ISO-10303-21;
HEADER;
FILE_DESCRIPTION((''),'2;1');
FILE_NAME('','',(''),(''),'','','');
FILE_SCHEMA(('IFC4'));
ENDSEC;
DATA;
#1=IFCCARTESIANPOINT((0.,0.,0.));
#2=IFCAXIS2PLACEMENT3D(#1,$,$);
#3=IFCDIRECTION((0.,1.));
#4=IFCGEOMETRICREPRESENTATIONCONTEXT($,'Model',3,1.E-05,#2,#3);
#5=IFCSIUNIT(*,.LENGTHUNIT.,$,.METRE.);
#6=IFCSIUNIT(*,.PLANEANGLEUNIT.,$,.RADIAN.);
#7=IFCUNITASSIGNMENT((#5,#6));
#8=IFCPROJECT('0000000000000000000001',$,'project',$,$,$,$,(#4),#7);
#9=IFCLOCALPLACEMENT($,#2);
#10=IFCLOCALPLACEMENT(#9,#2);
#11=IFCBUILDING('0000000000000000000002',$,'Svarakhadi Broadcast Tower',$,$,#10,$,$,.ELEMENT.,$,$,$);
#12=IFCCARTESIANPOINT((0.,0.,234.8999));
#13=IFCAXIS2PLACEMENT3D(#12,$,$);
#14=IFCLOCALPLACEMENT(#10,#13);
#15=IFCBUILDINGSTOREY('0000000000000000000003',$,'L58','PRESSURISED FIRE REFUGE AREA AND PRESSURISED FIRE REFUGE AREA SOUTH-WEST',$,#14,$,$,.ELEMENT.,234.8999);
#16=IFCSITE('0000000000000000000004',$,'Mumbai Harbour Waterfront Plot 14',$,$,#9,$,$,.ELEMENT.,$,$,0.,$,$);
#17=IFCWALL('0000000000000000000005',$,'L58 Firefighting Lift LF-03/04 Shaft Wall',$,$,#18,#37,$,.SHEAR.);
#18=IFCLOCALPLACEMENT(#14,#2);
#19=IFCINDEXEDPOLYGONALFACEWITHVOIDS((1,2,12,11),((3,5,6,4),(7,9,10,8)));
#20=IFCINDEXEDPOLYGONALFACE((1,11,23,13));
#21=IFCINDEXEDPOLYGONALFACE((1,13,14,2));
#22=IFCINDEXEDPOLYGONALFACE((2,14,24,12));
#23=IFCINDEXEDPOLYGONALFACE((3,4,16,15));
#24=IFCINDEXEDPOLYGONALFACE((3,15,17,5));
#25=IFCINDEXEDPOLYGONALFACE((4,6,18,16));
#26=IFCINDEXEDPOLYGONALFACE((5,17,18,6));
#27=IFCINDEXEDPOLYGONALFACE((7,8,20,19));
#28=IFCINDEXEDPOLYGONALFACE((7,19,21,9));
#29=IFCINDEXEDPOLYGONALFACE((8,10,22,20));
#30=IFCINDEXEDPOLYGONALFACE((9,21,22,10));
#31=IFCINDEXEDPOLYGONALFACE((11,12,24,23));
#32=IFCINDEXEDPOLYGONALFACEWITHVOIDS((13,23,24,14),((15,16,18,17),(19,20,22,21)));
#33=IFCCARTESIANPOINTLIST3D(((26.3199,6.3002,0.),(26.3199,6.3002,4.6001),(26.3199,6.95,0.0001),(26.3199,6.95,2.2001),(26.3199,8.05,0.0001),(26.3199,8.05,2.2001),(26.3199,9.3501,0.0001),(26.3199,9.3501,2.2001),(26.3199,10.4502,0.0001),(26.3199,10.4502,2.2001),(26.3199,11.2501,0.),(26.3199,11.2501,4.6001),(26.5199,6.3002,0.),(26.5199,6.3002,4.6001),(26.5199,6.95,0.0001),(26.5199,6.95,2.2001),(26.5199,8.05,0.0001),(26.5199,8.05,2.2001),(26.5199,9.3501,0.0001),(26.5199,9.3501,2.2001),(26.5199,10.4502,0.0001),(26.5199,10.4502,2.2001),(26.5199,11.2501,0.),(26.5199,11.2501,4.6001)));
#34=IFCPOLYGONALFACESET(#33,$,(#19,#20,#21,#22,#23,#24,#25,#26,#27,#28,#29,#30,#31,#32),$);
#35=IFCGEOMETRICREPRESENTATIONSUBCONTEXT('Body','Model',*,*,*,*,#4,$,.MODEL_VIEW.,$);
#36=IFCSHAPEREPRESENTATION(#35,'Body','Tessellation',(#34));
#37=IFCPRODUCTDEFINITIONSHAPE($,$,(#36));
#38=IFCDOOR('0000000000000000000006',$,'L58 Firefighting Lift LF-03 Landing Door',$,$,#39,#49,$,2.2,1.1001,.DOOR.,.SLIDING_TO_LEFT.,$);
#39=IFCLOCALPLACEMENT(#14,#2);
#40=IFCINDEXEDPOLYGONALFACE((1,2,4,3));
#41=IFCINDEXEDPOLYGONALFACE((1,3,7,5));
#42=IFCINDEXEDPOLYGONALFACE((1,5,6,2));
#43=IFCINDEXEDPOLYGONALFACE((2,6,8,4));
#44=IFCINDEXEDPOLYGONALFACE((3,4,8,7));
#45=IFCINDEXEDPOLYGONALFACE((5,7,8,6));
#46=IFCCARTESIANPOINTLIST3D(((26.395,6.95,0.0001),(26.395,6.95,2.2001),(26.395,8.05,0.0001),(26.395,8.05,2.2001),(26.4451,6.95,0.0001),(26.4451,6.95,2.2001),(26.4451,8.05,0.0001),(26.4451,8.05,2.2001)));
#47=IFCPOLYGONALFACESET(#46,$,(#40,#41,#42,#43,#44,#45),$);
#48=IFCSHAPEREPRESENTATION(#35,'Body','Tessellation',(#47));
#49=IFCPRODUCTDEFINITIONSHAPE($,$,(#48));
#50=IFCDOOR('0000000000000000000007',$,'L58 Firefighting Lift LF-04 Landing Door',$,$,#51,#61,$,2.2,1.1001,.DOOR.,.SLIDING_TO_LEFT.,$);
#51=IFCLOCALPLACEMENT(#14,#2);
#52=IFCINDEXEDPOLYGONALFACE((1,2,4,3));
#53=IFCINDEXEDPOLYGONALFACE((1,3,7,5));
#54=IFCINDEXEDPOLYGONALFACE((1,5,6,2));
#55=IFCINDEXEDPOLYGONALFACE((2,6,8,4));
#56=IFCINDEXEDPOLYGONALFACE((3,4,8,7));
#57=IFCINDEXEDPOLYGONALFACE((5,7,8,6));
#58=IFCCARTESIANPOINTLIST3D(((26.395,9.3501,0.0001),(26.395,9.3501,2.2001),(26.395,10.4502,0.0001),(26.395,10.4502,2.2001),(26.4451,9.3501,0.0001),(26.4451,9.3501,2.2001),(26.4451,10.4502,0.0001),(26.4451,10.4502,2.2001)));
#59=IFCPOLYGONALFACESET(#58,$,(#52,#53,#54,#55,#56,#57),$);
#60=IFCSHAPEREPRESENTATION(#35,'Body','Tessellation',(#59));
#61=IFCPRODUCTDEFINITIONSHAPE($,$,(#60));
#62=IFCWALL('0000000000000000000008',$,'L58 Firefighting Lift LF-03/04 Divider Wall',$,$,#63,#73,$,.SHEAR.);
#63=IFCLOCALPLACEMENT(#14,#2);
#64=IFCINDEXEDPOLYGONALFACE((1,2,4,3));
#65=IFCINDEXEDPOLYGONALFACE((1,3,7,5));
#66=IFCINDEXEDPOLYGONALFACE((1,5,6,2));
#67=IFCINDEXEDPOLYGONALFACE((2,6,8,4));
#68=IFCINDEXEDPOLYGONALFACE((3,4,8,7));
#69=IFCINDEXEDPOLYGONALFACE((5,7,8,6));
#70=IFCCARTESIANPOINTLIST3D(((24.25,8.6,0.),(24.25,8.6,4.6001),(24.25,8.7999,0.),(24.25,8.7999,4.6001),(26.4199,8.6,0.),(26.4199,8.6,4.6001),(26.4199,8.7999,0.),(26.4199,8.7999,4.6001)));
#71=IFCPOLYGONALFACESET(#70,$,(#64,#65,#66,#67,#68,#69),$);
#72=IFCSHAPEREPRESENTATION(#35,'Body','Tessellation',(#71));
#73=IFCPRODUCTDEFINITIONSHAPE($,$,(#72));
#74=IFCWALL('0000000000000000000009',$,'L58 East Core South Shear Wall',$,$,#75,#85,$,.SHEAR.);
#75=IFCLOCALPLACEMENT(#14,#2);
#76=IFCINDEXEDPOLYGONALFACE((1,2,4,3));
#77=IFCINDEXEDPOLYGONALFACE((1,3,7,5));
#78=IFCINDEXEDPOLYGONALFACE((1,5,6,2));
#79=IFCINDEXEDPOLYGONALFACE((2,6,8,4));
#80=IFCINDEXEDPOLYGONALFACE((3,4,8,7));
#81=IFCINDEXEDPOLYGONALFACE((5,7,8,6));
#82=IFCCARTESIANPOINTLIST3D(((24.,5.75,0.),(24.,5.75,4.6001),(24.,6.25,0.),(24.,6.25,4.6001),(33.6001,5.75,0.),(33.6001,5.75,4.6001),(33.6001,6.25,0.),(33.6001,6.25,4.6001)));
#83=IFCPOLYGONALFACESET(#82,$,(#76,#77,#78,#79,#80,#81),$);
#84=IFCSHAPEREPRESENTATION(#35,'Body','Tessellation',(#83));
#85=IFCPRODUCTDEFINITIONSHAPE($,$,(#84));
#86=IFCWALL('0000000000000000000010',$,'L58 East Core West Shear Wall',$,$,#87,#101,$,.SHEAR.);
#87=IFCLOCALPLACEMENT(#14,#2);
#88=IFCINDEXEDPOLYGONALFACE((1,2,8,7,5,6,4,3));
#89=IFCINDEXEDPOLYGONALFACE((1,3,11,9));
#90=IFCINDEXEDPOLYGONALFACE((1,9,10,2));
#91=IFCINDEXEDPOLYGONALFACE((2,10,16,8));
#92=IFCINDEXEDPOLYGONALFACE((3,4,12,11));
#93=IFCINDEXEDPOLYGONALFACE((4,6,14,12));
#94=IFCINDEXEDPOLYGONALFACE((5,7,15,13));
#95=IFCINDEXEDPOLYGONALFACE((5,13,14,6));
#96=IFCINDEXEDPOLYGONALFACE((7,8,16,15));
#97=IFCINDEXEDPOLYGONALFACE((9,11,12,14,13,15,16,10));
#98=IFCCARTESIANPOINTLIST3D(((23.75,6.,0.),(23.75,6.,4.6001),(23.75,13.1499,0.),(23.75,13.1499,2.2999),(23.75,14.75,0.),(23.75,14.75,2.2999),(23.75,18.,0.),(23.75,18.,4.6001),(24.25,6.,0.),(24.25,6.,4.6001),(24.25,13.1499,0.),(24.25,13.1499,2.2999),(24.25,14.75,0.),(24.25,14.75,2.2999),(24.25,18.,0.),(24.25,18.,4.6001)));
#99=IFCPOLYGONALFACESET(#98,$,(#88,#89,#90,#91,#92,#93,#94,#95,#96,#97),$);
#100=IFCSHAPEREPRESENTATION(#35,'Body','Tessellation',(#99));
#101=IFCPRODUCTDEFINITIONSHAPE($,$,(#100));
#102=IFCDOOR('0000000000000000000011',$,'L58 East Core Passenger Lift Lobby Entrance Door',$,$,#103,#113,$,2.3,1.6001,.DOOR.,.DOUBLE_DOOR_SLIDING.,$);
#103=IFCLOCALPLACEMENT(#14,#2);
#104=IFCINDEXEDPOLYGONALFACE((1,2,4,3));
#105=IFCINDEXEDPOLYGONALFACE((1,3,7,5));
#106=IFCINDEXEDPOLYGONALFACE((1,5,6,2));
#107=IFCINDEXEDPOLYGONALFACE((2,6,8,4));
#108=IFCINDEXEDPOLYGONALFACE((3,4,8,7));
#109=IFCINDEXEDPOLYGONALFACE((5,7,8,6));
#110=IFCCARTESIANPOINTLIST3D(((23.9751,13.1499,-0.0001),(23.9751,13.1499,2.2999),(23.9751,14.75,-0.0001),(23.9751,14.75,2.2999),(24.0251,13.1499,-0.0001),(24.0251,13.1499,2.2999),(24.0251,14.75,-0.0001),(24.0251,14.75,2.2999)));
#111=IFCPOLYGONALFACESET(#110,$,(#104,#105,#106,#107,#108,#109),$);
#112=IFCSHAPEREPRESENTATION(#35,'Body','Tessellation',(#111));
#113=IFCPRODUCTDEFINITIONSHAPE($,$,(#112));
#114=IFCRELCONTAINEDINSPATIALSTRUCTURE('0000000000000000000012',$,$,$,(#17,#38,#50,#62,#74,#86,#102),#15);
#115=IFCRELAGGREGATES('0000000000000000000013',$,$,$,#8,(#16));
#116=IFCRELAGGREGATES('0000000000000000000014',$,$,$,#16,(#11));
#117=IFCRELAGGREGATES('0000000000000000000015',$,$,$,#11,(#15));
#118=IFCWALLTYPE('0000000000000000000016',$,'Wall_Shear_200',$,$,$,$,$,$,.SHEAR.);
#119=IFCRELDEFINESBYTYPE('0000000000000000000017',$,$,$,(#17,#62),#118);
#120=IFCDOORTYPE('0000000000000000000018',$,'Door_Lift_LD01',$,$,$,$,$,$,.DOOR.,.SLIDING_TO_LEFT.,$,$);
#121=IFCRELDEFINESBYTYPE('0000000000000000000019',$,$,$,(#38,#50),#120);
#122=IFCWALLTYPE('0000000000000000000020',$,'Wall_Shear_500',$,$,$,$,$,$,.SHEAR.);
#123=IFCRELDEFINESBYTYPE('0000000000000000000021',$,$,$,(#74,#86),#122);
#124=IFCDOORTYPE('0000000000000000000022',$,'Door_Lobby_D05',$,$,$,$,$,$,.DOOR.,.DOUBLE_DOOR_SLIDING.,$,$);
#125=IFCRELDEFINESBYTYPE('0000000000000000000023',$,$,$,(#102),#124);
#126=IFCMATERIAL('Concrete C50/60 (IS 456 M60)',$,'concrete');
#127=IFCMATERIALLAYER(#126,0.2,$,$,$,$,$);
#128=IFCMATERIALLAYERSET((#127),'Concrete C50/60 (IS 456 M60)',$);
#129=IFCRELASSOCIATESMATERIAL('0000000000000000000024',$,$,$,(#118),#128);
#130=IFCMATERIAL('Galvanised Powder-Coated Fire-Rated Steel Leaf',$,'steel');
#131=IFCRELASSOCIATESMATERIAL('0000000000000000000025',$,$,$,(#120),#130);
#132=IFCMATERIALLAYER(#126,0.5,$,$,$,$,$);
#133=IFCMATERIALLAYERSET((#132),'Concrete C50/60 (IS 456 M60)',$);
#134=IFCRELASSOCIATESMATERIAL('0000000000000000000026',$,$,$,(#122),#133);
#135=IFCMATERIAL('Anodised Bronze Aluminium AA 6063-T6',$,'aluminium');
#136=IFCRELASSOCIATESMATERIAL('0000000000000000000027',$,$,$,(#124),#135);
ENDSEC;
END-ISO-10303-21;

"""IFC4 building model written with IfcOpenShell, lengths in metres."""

from ifc_helpers import new_model, si_unit, direction, frame, frame_2d, origin, place, context, subcontext, project, spatial, rectangle, extrude, material, layer, layer_set, type_object, element, fill, save


model = new_model("IFC4")

# Units and contexts
model_context = context("Model", 3, precision=1e-05, world=origin(), true_north=direction((0.0, 1.0)))
body_context = subcontext(model_context, "Body", "Model", "MODEL_VIEW")
ifc_project = project(units=[si_unit("LENGTHUNIT", "METRE"), si_unit("PLANEANGLEUNIT", "RADIAN")], contexts=[model_context])

# Site, building, storey
site_placement = place(None, origin())
site = spatial("IfcSite", under=ifc_project, at=site_placement, Name="Mumbai Harbour Waterfront Plot 14", CompositionType="ELEMENT", RefElevation=0.0)
building_placement = place(site_placement, origin())
building = spatial("IfcBuilding", under=site, at=building_placement, Name="Svarakhadi Broadcast Tower", CompositionType="ELEMENT")
storey_placement = place(building_placement, frame((0.0, 0.0, 234.8999)))
storey = spatial("IfcBuildingStorey", under=building, at=storey_placement, Name="L58", Description="PRESSURISED FIRE REFUGE AREA AND PRESSURISED FIRE REFUGE AREA SOUTH-WEST", CompositionType="ELEMENT", Elevation=234.8999)

# Shared definitions
ifc_material_1 = material(Name="Concrete C50/60 (IS 456 M60)", Category="concrete")

# Shared definitions
ifc_layer_1 = layer(ifc_material_1, 0.2)
ifc_layer_set_1 = layer_set([ifc_layer_1], Name="Concrete C50/60 (IS 456 M60)")
wall_type_1 = type_object("IfcWallType", Name="Wall_Shear_200", PredefinedType="SHEAR", material=ifc_layer_set_1)
ifc_material_2 = material(Name="Galvanised Powder-Coated Fire-Rated Steel Leaf", Category="steel")

# Wall, openings, doors
wall_1_placement = place(storey_placement, frame((26.4199, 6.3, 0.0), z_axis=(0.0, 0.0, 1.0), x_axis=(0.0, 1.0, 0.0)))
wall_1 = element("IfcWall", 1, at=wall_1_placement, inside=storey, type_object=wall_type_1, Name="L58 Firefighting Lift LF-03/04 Shaft Wall", PredefinedType="SHEAR", context=body_context, shape_type="SweptSolid", body=[
    extrude(rectangle(XDim=4.95, YDim=0.2, at=frame_2d((2.4751, 0.0))), origin(), (0.0, 0.0, 1.0), 4.6001),
])
opening_1_placement = place(wall_1_placement, frame((0.6499, 0.0, 0.0)))
opening_1 = element("IfcOpeningElement", 2, at=opening_1_placement, cuts=wall_1, PredefinedType="OPENING", context=body_context, shape_type="SweptSolid", body=[
    extrude(rectangle(XDim=1.1001, YDim=2.2, at=frame_2d((0.55, 1.1001))), frame((0.0, 0.1099, 0.0), z_axis=(0.0, -1.0, 0.0), x_axis=(1.0, 0.0, 0.0)), (0.0, 0.0, 1.0), 0.22),
])
opening_2_placement = place(wall_1_placement, frame((3.05, 0.0, 0.0)))
opening_2 = element("IfcOpeningElement", 3, at=opening_2_placement, cuts=wall_1, PredefinedType="OPENING", context=body_context, shape_type="SweptSolid", body=[
    extrude(rectangle(XDim=1.1001, YDim=2.2, at=frame_2d((0.55, 1.1001))), frame((0.0, 0.1099, 0.0), z_axis=(0.0, -1.0, 0.0), x_axis=(1.0, 0.0, 0.0)), (0.0, 0.0, 1.0), 0.22),
])
door_type_1 = type_object("IfcDoorType", Name="Door_Lift_LD01", OperationType="SLIDING_TO_LEFT", PredefinedType="DOOR", material=ifc_material_2)
door_1_placement = place(opening_1_placement, origin())
door_1 = element("IfcDoor", 4, at=door_1_placement, inside=storey, type_object=door_type_1, Name="L58 Firefighting Lift LF-03 Landing Door", OperationType="SLIDING_TO_LEFT", OverallHeight=2.2, OverallWidth=1.1001, PredefinedType="DOOR", context=body_context, shape_type="SweptSolid", body=[
    extrude(rectangle(XDim=1.1001, YDim=2.2, at=frame_2d((0.55, 1.1001))), frame((0.0, 0.0249, 0.0), z_axis=(0.0, -1.0, 0.0), x_axis=(1.0, 0.0, 0.0)), (0.0, 0.0, 1.0), 0.05),
])
fill(opening_1, door_1)
door_2_placement = place(opening_2_placement, origin())
door_2 = element("IfcDoor", 5, at=door_2_placement, inside=storey, type_object=door_type_1, Name="L58 Firefighting Lift LF-04 Landing Door", OperationType="SLIDING_TO_LEFT", OverallHeight=2.2, OverallWidth=1.1001, PredefinedType="DOOR", context=body_context, shape_type="SweptSolid", body=[
    extrude(rectangle(XDim=1.1001, YDim=2.2, at=frame_2d((0.55, 1.1001))), frame((0.0, 0.0249, 0.0), z_axis=(0.0, -1.0, 0.0), x_axis=(1.0, 0.0, 0.0)), (0.0, 0.0, 1.0), 0.05),
])
fill(opening_2, door_2)

# Walls
wall_2_placement = place(storey_placement, frame((24.25, 8.7, 0.0), z_axis=(0.0, 0.0, 1.0), x_axis=(1.0, 0.0, 0.0)))
element("IfcWall", 6, at=wall_2_placement, inside=storey, type_object=wall_type_1, Name="L58 Firefighting Lift LF-03/04 Divider Wall", PredefinedType="SHEAR", context=body_context, shape_type="SweptSolid", body=[
    extrude(rectangle(XDim=2.1699, YDim=0.2, at=frame_2d((1.085, 0.0))), origin(), (0.0, 0.0, 1.0), 4.6001),
])
ifc_layer_2 = layer(ifc_material_1, 0.5)
ifc_layer_set_2 = layer_set([ifc_layer_2], Name="Concrete C50/60 (IS 456 M60)")
wall_type_2 = type_object("IfcWallType", Name="Wall_Shear_500", PredefinedType="SHEAR", material=ifc_layer_set_2)
wall_3_placement = place(storey_placement, frame((24.0, 6.0, 0.0), z_axis=(0.0, 0.0, 1.0), x_axis=(1.0, 0.0, 0.0)))
element("IfcWall", 7, at=wall_3_placement, inside=storey, type_object=wall_type_2, Name="L58 East Core South Shear Wall", PredefinedType="SHEAR", context=body_context, shape_type="SweptSolid", body=[
    extrude(rectangle(XDim=9.6001, YDim=0.5, at=frame_2d((4.8, 0.0))), origin(), (0.0, 0.0, 1.0), 4.6001),
])

# Wall, opening, door
wall_4_placement = place(storey_placement, frame((24.0, 6.0, 0.0), z_axis=(0.0, 0.0, 1.0), x_axis=(0.0, 1.0, 0.0)))
wall_4 = element("IfcWall", 8, at=wall_4_placement, inside=storey, type_object=wall_type_2, Name="L58 East Core West Shear Wall", PredefinedType="SHEAR", context=body_context, shape_type="SweptSolid", body=[
    extrude(rectangle(XDim=12.0, YDim=0.5, at=frame_2d((6.0, 0.0))), origin(), (0.0, 0.0, 1.0), 4.6001),
])
opening_3_placement = place(wall_4_placement, frame((7.1499, 0.0, 0.0)))
opening_3 = element("IfcOpeningElement", 9, at=opening_3_placement, cuts=wall_4, PredefinedType="OPENING", context=body_context, shape_type="SweptSolid", body=[
    extrude(rectangle(XDim=1.6001, YDim=2.3, at=frame_2d((0.8, 1.1499))), frame((0.0, 0.26, 0.0), z_axis=(0.0, -1.0, 0.0), x_axis=(1.0, 0.0, 0.0)), (0.0, 0.0, 1.0), 0.52),
])
ifc_material_3 = material(Name="Anodised Bronze Aluminium AA 6063-T6", Category="aluminium")
door_type_2 = type_object("IfcDoorType", Name="Door_Lobby_D05", OperationType="DOUBLE_DOOR_SLIDING", PredefinedType="DOOR", material=ifc_material_3)
door_3_placement = place(opening_3_placement, origin())
door_3 = element("IfcDoor", 10, at=door_3_placement, inside=storey, type_object=door_type_2, Name="L58 East Core Passenger Lift Lobby Entrance Door", OperationType="DOUBLE_DOOR_SLIDING", OverallHeight=2.3, OverallWidth=1.6001, PredefinedType="DOOR", context=body_context, shape_type="SweptSolid", body=[
    extrude(rectangle(XDim=1.6001, YDim=2.3, at=frame_2d((0.8, 1.1499))), frame((0.0, 0.0249, 0.0), z_axis=(0.0, -1.0, 0.0), x_axis=(1.0, 0.0, 0.0)), (0.0, 0.0, 1.0), 0.05),
])
fill(opening_3, door_3)

save(model, "model.ifc")
